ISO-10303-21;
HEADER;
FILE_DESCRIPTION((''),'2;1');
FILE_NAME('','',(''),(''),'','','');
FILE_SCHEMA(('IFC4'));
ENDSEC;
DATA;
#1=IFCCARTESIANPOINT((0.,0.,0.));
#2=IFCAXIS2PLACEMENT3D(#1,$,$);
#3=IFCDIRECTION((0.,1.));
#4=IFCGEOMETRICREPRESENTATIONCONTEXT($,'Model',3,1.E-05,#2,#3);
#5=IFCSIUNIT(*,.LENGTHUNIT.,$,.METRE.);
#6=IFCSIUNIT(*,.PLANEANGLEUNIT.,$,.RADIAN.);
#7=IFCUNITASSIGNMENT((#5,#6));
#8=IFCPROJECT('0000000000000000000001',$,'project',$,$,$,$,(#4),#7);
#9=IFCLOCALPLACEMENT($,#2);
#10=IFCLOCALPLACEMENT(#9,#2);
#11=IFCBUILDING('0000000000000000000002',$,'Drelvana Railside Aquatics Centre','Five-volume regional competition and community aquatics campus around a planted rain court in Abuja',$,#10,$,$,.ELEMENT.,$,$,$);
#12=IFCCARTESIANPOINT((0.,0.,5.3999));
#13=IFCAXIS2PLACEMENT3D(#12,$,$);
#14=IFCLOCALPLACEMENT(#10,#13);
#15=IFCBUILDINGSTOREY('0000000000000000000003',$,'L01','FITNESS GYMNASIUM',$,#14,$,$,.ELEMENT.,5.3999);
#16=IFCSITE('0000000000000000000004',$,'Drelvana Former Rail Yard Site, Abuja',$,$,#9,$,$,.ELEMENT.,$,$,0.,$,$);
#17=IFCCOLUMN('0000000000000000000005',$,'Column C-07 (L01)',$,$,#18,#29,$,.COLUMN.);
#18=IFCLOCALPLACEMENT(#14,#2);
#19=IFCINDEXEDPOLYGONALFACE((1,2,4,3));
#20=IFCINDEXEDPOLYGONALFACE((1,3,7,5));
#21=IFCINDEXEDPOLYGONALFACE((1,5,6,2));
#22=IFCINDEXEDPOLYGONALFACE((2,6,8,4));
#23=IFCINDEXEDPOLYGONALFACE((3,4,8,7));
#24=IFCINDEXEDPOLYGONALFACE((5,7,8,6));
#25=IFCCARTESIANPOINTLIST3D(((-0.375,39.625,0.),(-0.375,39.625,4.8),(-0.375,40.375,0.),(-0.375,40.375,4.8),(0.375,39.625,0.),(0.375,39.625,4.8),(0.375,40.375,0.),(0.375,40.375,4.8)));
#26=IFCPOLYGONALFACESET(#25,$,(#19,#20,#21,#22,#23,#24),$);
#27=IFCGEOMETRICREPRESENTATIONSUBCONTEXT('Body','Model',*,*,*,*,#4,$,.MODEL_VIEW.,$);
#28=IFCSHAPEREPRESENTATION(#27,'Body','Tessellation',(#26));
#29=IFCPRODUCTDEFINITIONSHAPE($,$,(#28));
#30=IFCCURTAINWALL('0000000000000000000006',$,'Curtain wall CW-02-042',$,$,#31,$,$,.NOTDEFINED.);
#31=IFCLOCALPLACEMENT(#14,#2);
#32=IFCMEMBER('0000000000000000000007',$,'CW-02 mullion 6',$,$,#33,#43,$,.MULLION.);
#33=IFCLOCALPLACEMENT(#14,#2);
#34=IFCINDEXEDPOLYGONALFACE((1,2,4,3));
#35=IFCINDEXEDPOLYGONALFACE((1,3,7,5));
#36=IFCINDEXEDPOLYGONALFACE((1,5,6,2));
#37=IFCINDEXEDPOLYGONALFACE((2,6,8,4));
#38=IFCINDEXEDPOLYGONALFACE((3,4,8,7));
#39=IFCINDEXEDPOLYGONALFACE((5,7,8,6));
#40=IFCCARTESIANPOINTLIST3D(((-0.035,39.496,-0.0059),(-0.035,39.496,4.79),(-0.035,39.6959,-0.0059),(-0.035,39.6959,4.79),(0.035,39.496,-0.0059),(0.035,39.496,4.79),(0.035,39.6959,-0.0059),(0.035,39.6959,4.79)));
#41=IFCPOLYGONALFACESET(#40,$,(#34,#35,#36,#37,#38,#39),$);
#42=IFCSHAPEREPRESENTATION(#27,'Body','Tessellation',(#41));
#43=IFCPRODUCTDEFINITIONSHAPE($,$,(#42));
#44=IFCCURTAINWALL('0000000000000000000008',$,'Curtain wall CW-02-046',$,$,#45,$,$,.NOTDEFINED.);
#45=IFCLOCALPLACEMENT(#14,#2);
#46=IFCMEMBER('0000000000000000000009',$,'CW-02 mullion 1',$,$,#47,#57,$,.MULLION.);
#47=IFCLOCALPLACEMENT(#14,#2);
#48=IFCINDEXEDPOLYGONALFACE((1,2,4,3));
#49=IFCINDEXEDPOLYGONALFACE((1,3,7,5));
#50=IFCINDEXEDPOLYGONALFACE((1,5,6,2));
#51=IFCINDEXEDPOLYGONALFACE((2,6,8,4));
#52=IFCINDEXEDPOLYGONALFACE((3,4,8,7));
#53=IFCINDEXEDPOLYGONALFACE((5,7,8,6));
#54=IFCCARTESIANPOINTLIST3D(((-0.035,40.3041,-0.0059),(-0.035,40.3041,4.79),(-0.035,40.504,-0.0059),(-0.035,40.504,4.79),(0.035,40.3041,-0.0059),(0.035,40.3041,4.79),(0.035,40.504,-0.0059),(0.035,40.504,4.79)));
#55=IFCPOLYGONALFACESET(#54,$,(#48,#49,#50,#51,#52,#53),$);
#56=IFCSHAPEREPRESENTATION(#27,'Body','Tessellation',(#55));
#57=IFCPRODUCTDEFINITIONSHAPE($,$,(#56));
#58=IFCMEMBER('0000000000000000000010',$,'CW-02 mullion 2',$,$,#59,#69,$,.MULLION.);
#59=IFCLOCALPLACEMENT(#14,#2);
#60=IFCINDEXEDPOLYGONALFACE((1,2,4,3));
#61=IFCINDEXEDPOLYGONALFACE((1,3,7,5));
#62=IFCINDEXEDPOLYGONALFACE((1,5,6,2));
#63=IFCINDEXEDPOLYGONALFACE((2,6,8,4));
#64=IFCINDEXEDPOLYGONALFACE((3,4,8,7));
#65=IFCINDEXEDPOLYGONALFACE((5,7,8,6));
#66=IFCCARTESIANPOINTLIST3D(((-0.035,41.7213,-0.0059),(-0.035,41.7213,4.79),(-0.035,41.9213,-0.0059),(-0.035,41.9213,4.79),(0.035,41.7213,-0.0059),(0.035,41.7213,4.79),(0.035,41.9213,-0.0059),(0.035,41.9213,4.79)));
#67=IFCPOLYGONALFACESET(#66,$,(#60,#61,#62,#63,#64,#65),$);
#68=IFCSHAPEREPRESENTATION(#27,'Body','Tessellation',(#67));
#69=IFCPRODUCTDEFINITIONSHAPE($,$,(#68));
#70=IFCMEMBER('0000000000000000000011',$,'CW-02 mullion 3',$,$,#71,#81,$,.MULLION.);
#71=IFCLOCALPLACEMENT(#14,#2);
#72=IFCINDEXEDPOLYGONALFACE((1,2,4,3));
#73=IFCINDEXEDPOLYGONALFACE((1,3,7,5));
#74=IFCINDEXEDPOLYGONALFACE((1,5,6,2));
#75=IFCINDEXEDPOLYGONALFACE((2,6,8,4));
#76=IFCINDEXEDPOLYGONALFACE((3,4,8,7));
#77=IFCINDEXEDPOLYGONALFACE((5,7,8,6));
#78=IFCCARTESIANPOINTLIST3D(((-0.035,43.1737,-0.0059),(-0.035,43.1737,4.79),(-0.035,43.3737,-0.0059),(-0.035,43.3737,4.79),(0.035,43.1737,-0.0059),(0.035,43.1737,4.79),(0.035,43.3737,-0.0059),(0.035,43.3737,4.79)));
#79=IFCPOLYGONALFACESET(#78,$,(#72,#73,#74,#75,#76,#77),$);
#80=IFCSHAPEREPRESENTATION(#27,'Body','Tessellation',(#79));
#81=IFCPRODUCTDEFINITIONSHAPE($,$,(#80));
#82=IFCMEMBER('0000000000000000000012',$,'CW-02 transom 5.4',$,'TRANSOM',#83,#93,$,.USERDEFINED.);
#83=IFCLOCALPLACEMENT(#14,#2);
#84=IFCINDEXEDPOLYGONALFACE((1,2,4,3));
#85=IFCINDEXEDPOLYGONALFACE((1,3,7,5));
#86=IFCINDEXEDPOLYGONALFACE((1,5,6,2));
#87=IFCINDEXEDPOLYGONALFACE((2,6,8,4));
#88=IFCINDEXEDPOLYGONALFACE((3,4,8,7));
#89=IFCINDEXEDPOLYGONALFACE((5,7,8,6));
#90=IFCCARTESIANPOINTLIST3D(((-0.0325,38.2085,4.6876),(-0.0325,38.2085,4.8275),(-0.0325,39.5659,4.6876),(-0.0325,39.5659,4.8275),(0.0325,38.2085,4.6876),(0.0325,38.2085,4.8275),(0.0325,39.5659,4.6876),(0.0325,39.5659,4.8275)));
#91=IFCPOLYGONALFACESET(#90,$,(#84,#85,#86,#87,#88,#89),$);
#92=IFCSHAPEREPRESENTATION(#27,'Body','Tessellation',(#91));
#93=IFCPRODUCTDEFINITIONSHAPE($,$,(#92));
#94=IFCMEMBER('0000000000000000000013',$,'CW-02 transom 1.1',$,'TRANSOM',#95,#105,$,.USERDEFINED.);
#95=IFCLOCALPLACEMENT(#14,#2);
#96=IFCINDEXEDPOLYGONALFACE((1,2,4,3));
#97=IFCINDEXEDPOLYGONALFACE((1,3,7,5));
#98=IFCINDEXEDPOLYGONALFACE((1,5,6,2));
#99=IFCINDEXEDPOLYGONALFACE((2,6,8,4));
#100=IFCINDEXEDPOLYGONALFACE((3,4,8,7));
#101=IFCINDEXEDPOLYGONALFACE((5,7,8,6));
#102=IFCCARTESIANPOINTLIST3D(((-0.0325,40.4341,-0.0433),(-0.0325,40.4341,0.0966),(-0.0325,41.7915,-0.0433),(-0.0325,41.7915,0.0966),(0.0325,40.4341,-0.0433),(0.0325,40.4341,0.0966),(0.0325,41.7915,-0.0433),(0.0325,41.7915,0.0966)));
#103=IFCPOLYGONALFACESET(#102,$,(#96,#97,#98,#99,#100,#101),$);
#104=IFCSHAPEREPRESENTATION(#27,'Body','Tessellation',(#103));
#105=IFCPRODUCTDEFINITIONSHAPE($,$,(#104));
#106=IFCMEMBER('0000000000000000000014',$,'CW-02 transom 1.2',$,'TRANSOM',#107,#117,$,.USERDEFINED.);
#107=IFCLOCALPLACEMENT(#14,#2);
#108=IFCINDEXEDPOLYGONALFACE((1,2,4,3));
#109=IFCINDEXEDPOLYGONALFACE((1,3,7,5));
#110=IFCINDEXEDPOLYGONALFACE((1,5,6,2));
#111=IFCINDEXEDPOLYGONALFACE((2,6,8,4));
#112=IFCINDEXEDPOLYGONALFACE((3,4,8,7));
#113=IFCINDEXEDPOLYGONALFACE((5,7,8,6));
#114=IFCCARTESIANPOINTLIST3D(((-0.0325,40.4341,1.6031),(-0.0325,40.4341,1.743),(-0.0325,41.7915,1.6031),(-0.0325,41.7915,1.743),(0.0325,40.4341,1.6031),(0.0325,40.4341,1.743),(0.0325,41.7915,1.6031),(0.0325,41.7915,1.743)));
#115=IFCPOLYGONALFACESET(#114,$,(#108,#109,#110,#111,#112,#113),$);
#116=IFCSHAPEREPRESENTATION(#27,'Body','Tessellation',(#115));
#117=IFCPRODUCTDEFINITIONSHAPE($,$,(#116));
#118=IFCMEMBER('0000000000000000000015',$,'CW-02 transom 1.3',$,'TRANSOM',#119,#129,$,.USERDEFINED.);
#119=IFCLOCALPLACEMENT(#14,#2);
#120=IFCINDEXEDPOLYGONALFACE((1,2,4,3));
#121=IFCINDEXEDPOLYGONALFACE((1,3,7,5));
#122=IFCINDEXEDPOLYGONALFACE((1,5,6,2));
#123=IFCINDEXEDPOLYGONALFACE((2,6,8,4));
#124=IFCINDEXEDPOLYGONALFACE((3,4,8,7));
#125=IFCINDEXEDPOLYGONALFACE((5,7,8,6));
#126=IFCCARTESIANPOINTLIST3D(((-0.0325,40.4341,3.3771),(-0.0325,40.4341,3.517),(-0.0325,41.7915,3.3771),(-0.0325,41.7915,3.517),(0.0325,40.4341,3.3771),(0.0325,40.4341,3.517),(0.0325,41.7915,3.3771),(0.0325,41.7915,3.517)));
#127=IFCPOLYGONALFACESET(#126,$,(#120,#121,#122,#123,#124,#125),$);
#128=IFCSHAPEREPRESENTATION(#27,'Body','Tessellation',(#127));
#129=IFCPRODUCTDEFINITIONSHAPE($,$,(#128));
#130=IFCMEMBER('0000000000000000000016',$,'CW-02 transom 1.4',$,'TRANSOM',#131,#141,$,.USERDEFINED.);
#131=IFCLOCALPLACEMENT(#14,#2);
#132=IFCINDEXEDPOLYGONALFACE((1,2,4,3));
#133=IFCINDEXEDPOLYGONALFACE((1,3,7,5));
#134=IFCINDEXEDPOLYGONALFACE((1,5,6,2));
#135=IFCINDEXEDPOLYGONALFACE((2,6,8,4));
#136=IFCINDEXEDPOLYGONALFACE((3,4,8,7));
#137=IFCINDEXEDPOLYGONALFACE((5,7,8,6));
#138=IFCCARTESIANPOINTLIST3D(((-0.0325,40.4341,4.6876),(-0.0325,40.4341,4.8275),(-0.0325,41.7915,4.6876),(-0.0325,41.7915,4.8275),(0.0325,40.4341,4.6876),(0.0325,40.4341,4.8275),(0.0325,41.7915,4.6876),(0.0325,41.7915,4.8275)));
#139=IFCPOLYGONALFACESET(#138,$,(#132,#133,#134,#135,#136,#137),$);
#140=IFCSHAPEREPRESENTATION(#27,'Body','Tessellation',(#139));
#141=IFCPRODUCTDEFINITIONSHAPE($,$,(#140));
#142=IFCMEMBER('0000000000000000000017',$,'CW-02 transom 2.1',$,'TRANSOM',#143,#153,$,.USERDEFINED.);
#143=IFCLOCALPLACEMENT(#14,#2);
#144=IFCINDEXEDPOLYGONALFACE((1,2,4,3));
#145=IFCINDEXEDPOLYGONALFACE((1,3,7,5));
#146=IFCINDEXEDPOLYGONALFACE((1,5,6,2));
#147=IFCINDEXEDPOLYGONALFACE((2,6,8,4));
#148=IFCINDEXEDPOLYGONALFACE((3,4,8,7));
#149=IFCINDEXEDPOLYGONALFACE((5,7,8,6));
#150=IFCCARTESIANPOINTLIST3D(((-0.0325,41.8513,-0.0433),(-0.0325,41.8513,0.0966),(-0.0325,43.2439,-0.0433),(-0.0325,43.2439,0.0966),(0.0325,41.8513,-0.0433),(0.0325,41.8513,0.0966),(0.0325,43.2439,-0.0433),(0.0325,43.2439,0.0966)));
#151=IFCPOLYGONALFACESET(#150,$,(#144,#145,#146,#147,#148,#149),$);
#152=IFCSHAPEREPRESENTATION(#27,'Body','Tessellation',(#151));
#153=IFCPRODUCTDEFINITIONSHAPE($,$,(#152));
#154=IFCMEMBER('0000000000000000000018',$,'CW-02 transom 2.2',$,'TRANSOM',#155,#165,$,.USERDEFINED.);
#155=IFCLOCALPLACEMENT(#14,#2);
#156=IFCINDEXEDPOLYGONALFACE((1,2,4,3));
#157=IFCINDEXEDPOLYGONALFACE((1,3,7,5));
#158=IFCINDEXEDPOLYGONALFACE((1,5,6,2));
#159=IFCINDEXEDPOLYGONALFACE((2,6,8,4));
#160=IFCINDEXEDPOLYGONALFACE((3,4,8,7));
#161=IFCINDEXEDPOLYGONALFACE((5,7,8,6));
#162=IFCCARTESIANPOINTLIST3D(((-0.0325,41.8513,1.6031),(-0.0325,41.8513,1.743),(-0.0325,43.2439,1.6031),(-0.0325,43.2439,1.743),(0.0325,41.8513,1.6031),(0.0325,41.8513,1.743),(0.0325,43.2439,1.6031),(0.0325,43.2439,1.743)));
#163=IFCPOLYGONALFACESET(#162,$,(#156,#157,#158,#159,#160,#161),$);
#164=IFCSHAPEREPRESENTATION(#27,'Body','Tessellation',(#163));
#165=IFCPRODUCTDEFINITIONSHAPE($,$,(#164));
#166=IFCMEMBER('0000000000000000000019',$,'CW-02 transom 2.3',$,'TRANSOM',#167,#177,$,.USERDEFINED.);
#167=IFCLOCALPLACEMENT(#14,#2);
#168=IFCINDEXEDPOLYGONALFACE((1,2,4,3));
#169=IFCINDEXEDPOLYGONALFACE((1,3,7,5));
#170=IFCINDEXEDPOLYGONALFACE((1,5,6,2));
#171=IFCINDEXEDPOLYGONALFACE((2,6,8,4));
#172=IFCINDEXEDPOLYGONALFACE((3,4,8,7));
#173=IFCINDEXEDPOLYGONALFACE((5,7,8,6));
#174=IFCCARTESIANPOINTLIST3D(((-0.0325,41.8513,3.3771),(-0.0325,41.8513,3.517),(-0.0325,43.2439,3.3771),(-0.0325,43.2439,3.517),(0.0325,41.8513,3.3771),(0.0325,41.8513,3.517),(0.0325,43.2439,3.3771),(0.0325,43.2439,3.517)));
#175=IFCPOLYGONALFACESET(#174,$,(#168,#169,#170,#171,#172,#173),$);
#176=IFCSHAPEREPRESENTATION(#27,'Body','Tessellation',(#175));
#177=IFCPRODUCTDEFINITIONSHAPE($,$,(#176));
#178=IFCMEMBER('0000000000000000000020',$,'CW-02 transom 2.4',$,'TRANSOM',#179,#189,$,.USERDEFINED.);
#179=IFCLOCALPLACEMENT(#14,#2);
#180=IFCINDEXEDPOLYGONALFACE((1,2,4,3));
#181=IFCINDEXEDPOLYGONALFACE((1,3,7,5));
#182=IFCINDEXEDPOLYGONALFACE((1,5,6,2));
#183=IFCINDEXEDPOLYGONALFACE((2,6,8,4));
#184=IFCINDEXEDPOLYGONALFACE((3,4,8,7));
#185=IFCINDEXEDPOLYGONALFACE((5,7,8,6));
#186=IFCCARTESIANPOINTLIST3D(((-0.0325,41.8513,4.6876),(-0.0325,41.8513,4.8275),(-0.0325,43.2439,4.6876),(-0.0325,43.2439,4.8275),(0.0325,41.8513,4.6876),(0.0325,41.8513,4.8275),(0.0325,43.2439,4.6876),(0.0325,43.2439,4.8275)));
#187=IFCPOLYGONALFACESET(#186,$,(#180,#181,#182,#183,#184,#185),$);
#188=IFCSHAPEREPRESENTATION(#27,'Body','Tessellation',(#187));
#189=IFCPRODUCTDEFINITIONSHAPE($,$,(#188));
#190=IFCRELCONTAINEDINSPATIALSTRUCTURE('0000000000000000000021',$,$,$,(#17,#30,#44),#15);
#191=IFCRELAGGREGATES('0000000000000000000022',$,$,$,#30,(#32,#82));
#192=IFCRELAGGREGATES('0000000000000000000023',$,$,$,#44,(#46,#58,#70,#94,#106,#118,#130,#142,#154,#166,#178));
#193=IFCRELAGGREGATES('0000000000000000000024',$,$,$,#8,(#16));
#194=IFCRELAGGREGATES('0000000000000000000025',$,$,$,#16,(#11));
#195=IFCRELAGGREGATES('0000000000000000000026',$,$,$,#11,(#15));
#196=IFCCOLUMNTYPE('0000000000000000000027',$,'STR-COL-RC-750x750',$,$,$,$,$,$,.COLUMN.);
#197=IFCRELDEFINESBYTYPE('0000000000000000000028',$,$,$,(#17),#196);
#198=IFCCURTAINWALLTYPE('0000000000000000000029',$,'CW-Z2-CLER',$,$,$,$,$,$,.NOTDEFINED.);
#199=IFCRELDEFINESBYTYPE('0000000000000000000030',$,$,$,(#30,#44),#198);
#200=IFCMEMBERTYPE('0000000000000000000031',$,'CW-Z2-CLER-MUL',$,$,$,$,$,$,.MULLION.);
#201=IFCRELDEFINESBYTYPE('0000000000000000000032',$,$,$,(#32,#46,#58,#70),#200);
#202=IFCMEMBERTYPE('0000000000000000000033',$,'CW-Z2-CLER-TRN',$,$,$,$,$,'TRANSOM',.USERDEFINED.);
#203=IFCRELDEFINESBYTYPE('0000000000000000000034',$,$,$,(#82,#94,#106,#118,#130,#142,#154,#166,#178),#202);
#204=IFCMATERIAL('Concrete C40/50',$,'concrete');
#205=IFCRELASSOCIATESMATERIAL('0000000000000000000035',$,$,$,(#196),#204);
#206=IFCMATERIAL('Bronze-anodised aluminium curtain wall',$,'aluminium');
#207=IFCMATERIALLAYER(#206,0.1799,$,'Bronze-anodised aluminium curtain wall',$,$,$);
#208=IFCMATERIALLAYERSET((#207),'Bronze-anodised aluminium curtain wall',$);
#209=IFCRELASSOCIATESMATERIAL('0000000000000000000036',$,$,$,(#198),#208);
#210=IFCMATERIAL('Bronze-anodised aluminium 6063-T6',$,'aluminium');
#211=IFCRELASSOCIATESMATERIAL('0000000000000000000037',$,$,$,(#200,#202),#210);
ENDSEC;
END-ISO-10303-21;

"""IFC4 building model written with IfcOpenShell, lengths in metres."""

from ifc_helpers import new_model, si_unit, direction, frame, origin, origin_2d, place, context, subcontext, project, spatial, rectangle, extrude, material, layer, layer_set, material_profile, profile_set, type_object, element, aggregate, save


model = new_model("IFC4")

# Units and contexts
model_context = context("Model", 3, precision=1e-05, world=origin(), true_north=direction((0.0, 1.0)))
body_context = subcontext(model_context, "Body", "Model", "MODEL_VIEW")
ifc_project = project(units=[si_unit("LENGTHUNIT", "METRE"), si_unit("PLANEANGLEUNIT", "RADIAN")], contexts=[model_context])

# Site, building, storey
site_placement = place(None, origin())
site = spatial("IfcSite", under=ifc_project, at=site_placement, Name="Drelvana Former Rail Yard Site, Abuja", CompositionType="ELEMENT", RefElevation=0.0)
building_placement = place(site_placement, origin())
building = spatial("IfcBuilding", under=site, at=building_placement, Name="Drelvana Railside Aquatics Centre", Description="Five-volume regional competition and community aquatics campus around a planted rain court in Abuja", CompositionType="ELEMENT")
storey_placement = place(building_placement, frame((0.0, 0.0, 5.3999)))
storey = spatial("IfcBuildingStorey", under=building, at=storey_placement, Name="L01", Description="FITNESS GYMNASIUM", CompositionType="ELEMENT", Elevation=5.3999)

# Column
ifc_material_1 = material(Name="Concrete C40/50", Category="concrete")
ifc_material_profile_1 = material_profile(ifc_material_1, rectangle(XDim=0.75, YDim=0.75, at=origin_2d()), Name="RC 750x750")
ifc_profile_set_1 = profile_set([ifc_material_profile_1], Name="Concrete C40/50")
column_type = type_object("IfcColumnType", Name="STR-COL-RC-750x750", PredefinedType="COLUMN", material=ifc_profile_set_1)
column_placement = place(storey_placement, frame((0.0, 40.0, 0.0), z_axis=(0.0, 0.0, 1.0), x_axis=(1.0, 0.0, 0.0)))
element("IfcColumn", 1, at=column_placement, inside=storey, type_object=column_type, Name="Column C-07 (L01)", PredefinedType="COLUMN", context=body_context, shape_type="SweptSolid", body=[
    extrude(rectangle(XDim=0.75, YDim=0.75, at=origin_2d()), origin(), (0.0, 0.0, 1.0), 4.8),
])

# Curtain wall, member
ifc_material_2 = material(Name="Bronze-anodised aluminium curtain wall", Category="aluminium")
ifc_layer_1 = layer(ifc_material_2, 0.1799, Name="Bronze-anodised aluminium curtain wall")
ifc_layer_set_1 = layer_set([ifc_layer_1], Name="Bronze-anodised aluminium curtain wall")
curtain_wall_type = type_object("IfcCurtainWallType", Name="CW-Z2-CLER", PredefinedType="NOTDEFINED", material=ifc_layer_set_1)
curtain_wall_1_placement = place(storey_placement, origin())
curtain_wall_1 = element("IfcCurtainWall", 2, at=curtain_wall_1_placement, inside=storey, type_object=curtain_wall_type, Name="Curtain wall CW-02-042", PredefinedType="NOTDEFINED")
ifc_material_3 = material(Name="Bronze-anodised aluminium 6063-T6", Category="aluminium")
ifc_material_profile_2 = material_profile(ifc_material_3, rectangle(XDim=0.0701, YDim=0.2, at=origin_2d()), Name="ALU-M 70x200")
ifc_profile_set_2 = profile_set([ifc_material_profile_2], Name="Bronze-anodised aluminium 6063-T6")
member_type_1 = type_object("IfcMemberType", Name="CW-Z2-CLER-MUL", PredefinedType="MULLION", material=ifc_profile_set_2)
member_1_placement = place(storey_placement, frame((0.0, 39.5959, -0.0059), z_axis=(0.0, 0.0, 1.0), x_axis=(-1.0, 0.0, 0.0)))
member_1 = element("IfcMember", 3, at=member_1_placement, type_object=member_type_1, Name="CW-02 mullion 6", PredefinedType="MULLION", context=body_context, shape_type="SweptSolid", body=[
    extrude(rectangle(XDim=0.0701, YDim=0.2, at=origin_2d()), origin(), (0.0, 0.0, 1.0), 4.7959),
])

# Curtain wall, members
curtain_wall_2_placement = place(storey_placement, origin())
curtain_wall_2 = element("IfcCurtainWall", 4, at=curtain_wall_2_placement, inside=storey, type_object=curtain_wall_type, Name="Curtain wall CW-02-046", PredefinedType="NOTDEFINED")
member_2_placement = place(storey_placement, frame((0.0, 40.4041, -0.0059), z_axis=(0.0, 0.0, 1.0), x_axis=(-1.0, 0.0, 0.0)))
member_2 = element("IfcMember", 5, at=member_2_placement, type_object=member_type_1, Name="CW-02 mullion 1", PredefinedType="MULLION", context=body_context, shape_type="SweptSolid", body=[
    extrude(rectangle(XDim=0.0701, YDim=0.2, at=origin_2d()), origin(), (0.0, 0.0, 1.0), 4.7959),
])
member_3_placement = place(storey_placement, frame((0.0, 41.8213, -0.0059), z_axis=(0.0, 0.0, 1.0), x_axis=(-1.0, 0.0, 0.0)))
member_3 = element("IfcMember", 6, at=member_3_placement, type_object=member_type_1, Name="CW-02 mullion 2", PredefinedType="MULLION", context=body_context, shape_type="SweptSolid", body=[
    extrude(rectangle(XDim=0.0701, YDim=0.2, at=origin_2d()), origin(), (0.0, 0.0, 1.0), 4.7959),
])
member_4_placement = place(storey_placement, frame((0.0, 43.2737, -0.0059), z_axis=(0.0, 0.0, 1.0), x_axis=(-1.0, 0.0, 0.0)))
member_4 = element("IfcMember", 7, at=member_4_placement, type_object=member_type_1, Name="CW-02 mullion 3", PredefinedType="MULLION", context=body_context, shape_type="SweptSolid", body=[
    extrude(rectangle(XDim=0.0701, YDim=0.2, at=origin_2d()), origin(), (0.0, 0.0, 1.0), 4.7959),
])

# Members
ifc_material_profile_3 = material_profile(ifc_material_3, rectangle(XDim=0.1399, YDim=0.0649, at=origin_2d()), Name="ALU-T 65x140")
ifc_profile_set_3 = profile_set([ifc_material_profile_3], Name="Bronze-anodised aluminium 6063-T6")
member_type_2 = type_object("IfcMemberType", Name="CW-Z2-CLER-TRN", ElementType="TRANSOM", PredefinedType="USERDEFINED", material=ifc_profile_set_3)
member_5_placement = place(storey_placement, frame((0.0, 38.2085, 4.7576), z_axis=(0.0, 1.0, 0.0), x_axis=(0.0, 0.0, 1.0)))
member_5 = element("IfcMember", 8, at=member_5_placement, type_object=member_type_2, Name="CW-02 transom 5.4", ObjectType="TRANSOM", PredefinedType="USERDEFINED", context=body_context, shape_type="SweptSolid", body=[
    extrude(rectangle(XDim=0.1399, YDim=0.0649, at=origin_2d()), origin(), (0.0, 0.0, 1.0), 1.3574),
])
member_6_placement = place(storey_placement, frame((0.0, 40.4341, 0.0266), z_axis=(0.0, 1.0, 0.0), x_axis=(0.0, 0.0, 1.0)))
member_6 = element("IfcMember", 9, at=member_6_placement, type_object=member_type_2, Name="CW-02 transom 1.1", ObjectType="TRANSOM", PredefinedType="USERDEFINED", context=body_context, shape_type="SweptSolid", body=[
    extrude(rectangle(XDim=0.1399, YDim=0.0649, at=origin_2d()), origin(), (0.0, 0.0, 1.0), 1.3574),
])
member_7_placement = place(storey_placement, frame((0.0, 40.4341, 1.6731), z_axis=(0.0, 1.0, 0.0), x_axis=(0.0, 0.0, 1.0)))
member_7 = element("IfcMember", 10, at=member_7_placement, type_object=member_type_2, Name="CW-02 transom 1.2", ObjectType="TRANSOM", PredefinedType="USERDEFINED", context=body_context, shape_type="SweptSolid", body=[
    extrude(rectangle(XDim=0.1399, YDim=0.0649, at=origin_2d()), origin(), (0.0, 0.0, 1.0), 1.3574),
])
member_8_placement = place(storey_placement, frame((0.0, 40.4341, 3.447), z_axis=(0.0, 1.0, 0.0), x_axis=(0.0, 0.0, 1.0)))
member_8 = element("IfcMember", 11, at=member_8_placement, type_object=member_type_2, Name="CW-02 transom 1.3", ObjectType="TRANSOM", PredefinedType="USERDEFINED", context=body_context, shape_type="SweptSolid", body=[
    extrude(rectangle(XDim=0.1399, YDim=0.0649, at=origin_2d()), origin(), (0.0, 0.0, 1.0), 1.3574),
])
member_9_placement = place(storey_placement, frame((0.0, 40.4341, 4.7576), z_axis=(0.0, 1.0, 0.0), x_axis=(0.0, 0.0, 1.0)))
member_9 = element("IfcMember", 12, at=member_9_placement, type_object=member_type_2, Name="CW-02 transom 1.4", ObjectType="TRANSOM", PredefinedType="USERDEFINED", context=body_context, shape_type="SweptSolid", body=[
    extrude(rectangle(XDim=0.1399, YDim=0.0649, at=origin_2d()), origin(), (0.0, 0.0, 1.0), 1.3574),
])
member_10_placement = place(storey_placement, frame((0.0, 41.8513, 0.0266), z_axis=(0.0, 1.0, 0.0), x_axis=(0.0, 0.0, 1.0)))
member_10 = element("IfcMember", 13, at=member_10_placement, type_object=member_type_2, Name="CW-02 transom 2.1", ObjectType="TRANSOM", PredefinedType="USERDEFINED", context=body_context, shape_type="SweptSolid", body=[
    extrude(rectangle(XDim=0.1399, YDim=0.0649, at=origin_2d()), origin(), (0.0, 0.0, 1.0), 1.3926),
])
member_11_placement = place(storey_placement, frame((0.0, 41.8513, 1.6731), z_axis=(0.0, 1.0, 0.0), x_axis=(0.0, 0.0, 1.0)))
member_11 = element("IfcMember", 14, at=member_11_placement, type_object=member_type_2, Name="CW-02 transom 2.2", ObjectType="TRANSOM", PredefinedType="USERDEFINED", context=body_context, shape_type="SweptSolid", body=[
    extrude(rectangle(XDim=0.1399, YDim=0.0649, at=origin_2d()), origin(), (0.0, 0.0, 1.0), 1.3926),
])
member_12_placement = place(storey_placement, frame((0.0, 41.8513, 3.447), z_axis=(0.0, 1.0, 0.0), x_axis=(0.0, 0.0, 1.0)))
member_12 = element("IfcMember", 15, at=member_12_placement, type_object=member_type_2, Name="CW-02 transom 2.3", ObjectType="TRANSOM", PredefinedType="USERDEFINED", context=body_context, shape_type="SweptSolid", body=[
    extrude(rectangle(XDim=0.1399, YDim=0.0649, at=origin_2d()), origin(), (0.0, 0.0, 1.0), 1.3926),
])
member_13_placement = place(storey_placement, frame((0.0, 41.8513, 4.7576), z_axis=(0.0, 1.0, 0.0), x_axis=(0.0, 0.0, 1.0)))
member_13 = element("IfcMember", 16, at=member_13_placement, type_object=member_type_2, Name="CW-02 transom 2.4", ObjectType="TRANSOM", PredefinedType="USERDEFINED", context=body_context, shape_type="SweptSolid", body=[
    extrude(rectangle(XDim=0.1399, YDim=0.0649, at=origin_2d()), origin(), (0.0, 0.0, 1.0), 1.3926),
])

aggregate(curtain_wall_1, [member_1, member_5])
aggregate(curtain_wall_2, [member_2, member_3, member_4, member_6, member_7, member_8, member_9, member_10, member_11, member_12, member_13])

save(model, "model.ifc")
